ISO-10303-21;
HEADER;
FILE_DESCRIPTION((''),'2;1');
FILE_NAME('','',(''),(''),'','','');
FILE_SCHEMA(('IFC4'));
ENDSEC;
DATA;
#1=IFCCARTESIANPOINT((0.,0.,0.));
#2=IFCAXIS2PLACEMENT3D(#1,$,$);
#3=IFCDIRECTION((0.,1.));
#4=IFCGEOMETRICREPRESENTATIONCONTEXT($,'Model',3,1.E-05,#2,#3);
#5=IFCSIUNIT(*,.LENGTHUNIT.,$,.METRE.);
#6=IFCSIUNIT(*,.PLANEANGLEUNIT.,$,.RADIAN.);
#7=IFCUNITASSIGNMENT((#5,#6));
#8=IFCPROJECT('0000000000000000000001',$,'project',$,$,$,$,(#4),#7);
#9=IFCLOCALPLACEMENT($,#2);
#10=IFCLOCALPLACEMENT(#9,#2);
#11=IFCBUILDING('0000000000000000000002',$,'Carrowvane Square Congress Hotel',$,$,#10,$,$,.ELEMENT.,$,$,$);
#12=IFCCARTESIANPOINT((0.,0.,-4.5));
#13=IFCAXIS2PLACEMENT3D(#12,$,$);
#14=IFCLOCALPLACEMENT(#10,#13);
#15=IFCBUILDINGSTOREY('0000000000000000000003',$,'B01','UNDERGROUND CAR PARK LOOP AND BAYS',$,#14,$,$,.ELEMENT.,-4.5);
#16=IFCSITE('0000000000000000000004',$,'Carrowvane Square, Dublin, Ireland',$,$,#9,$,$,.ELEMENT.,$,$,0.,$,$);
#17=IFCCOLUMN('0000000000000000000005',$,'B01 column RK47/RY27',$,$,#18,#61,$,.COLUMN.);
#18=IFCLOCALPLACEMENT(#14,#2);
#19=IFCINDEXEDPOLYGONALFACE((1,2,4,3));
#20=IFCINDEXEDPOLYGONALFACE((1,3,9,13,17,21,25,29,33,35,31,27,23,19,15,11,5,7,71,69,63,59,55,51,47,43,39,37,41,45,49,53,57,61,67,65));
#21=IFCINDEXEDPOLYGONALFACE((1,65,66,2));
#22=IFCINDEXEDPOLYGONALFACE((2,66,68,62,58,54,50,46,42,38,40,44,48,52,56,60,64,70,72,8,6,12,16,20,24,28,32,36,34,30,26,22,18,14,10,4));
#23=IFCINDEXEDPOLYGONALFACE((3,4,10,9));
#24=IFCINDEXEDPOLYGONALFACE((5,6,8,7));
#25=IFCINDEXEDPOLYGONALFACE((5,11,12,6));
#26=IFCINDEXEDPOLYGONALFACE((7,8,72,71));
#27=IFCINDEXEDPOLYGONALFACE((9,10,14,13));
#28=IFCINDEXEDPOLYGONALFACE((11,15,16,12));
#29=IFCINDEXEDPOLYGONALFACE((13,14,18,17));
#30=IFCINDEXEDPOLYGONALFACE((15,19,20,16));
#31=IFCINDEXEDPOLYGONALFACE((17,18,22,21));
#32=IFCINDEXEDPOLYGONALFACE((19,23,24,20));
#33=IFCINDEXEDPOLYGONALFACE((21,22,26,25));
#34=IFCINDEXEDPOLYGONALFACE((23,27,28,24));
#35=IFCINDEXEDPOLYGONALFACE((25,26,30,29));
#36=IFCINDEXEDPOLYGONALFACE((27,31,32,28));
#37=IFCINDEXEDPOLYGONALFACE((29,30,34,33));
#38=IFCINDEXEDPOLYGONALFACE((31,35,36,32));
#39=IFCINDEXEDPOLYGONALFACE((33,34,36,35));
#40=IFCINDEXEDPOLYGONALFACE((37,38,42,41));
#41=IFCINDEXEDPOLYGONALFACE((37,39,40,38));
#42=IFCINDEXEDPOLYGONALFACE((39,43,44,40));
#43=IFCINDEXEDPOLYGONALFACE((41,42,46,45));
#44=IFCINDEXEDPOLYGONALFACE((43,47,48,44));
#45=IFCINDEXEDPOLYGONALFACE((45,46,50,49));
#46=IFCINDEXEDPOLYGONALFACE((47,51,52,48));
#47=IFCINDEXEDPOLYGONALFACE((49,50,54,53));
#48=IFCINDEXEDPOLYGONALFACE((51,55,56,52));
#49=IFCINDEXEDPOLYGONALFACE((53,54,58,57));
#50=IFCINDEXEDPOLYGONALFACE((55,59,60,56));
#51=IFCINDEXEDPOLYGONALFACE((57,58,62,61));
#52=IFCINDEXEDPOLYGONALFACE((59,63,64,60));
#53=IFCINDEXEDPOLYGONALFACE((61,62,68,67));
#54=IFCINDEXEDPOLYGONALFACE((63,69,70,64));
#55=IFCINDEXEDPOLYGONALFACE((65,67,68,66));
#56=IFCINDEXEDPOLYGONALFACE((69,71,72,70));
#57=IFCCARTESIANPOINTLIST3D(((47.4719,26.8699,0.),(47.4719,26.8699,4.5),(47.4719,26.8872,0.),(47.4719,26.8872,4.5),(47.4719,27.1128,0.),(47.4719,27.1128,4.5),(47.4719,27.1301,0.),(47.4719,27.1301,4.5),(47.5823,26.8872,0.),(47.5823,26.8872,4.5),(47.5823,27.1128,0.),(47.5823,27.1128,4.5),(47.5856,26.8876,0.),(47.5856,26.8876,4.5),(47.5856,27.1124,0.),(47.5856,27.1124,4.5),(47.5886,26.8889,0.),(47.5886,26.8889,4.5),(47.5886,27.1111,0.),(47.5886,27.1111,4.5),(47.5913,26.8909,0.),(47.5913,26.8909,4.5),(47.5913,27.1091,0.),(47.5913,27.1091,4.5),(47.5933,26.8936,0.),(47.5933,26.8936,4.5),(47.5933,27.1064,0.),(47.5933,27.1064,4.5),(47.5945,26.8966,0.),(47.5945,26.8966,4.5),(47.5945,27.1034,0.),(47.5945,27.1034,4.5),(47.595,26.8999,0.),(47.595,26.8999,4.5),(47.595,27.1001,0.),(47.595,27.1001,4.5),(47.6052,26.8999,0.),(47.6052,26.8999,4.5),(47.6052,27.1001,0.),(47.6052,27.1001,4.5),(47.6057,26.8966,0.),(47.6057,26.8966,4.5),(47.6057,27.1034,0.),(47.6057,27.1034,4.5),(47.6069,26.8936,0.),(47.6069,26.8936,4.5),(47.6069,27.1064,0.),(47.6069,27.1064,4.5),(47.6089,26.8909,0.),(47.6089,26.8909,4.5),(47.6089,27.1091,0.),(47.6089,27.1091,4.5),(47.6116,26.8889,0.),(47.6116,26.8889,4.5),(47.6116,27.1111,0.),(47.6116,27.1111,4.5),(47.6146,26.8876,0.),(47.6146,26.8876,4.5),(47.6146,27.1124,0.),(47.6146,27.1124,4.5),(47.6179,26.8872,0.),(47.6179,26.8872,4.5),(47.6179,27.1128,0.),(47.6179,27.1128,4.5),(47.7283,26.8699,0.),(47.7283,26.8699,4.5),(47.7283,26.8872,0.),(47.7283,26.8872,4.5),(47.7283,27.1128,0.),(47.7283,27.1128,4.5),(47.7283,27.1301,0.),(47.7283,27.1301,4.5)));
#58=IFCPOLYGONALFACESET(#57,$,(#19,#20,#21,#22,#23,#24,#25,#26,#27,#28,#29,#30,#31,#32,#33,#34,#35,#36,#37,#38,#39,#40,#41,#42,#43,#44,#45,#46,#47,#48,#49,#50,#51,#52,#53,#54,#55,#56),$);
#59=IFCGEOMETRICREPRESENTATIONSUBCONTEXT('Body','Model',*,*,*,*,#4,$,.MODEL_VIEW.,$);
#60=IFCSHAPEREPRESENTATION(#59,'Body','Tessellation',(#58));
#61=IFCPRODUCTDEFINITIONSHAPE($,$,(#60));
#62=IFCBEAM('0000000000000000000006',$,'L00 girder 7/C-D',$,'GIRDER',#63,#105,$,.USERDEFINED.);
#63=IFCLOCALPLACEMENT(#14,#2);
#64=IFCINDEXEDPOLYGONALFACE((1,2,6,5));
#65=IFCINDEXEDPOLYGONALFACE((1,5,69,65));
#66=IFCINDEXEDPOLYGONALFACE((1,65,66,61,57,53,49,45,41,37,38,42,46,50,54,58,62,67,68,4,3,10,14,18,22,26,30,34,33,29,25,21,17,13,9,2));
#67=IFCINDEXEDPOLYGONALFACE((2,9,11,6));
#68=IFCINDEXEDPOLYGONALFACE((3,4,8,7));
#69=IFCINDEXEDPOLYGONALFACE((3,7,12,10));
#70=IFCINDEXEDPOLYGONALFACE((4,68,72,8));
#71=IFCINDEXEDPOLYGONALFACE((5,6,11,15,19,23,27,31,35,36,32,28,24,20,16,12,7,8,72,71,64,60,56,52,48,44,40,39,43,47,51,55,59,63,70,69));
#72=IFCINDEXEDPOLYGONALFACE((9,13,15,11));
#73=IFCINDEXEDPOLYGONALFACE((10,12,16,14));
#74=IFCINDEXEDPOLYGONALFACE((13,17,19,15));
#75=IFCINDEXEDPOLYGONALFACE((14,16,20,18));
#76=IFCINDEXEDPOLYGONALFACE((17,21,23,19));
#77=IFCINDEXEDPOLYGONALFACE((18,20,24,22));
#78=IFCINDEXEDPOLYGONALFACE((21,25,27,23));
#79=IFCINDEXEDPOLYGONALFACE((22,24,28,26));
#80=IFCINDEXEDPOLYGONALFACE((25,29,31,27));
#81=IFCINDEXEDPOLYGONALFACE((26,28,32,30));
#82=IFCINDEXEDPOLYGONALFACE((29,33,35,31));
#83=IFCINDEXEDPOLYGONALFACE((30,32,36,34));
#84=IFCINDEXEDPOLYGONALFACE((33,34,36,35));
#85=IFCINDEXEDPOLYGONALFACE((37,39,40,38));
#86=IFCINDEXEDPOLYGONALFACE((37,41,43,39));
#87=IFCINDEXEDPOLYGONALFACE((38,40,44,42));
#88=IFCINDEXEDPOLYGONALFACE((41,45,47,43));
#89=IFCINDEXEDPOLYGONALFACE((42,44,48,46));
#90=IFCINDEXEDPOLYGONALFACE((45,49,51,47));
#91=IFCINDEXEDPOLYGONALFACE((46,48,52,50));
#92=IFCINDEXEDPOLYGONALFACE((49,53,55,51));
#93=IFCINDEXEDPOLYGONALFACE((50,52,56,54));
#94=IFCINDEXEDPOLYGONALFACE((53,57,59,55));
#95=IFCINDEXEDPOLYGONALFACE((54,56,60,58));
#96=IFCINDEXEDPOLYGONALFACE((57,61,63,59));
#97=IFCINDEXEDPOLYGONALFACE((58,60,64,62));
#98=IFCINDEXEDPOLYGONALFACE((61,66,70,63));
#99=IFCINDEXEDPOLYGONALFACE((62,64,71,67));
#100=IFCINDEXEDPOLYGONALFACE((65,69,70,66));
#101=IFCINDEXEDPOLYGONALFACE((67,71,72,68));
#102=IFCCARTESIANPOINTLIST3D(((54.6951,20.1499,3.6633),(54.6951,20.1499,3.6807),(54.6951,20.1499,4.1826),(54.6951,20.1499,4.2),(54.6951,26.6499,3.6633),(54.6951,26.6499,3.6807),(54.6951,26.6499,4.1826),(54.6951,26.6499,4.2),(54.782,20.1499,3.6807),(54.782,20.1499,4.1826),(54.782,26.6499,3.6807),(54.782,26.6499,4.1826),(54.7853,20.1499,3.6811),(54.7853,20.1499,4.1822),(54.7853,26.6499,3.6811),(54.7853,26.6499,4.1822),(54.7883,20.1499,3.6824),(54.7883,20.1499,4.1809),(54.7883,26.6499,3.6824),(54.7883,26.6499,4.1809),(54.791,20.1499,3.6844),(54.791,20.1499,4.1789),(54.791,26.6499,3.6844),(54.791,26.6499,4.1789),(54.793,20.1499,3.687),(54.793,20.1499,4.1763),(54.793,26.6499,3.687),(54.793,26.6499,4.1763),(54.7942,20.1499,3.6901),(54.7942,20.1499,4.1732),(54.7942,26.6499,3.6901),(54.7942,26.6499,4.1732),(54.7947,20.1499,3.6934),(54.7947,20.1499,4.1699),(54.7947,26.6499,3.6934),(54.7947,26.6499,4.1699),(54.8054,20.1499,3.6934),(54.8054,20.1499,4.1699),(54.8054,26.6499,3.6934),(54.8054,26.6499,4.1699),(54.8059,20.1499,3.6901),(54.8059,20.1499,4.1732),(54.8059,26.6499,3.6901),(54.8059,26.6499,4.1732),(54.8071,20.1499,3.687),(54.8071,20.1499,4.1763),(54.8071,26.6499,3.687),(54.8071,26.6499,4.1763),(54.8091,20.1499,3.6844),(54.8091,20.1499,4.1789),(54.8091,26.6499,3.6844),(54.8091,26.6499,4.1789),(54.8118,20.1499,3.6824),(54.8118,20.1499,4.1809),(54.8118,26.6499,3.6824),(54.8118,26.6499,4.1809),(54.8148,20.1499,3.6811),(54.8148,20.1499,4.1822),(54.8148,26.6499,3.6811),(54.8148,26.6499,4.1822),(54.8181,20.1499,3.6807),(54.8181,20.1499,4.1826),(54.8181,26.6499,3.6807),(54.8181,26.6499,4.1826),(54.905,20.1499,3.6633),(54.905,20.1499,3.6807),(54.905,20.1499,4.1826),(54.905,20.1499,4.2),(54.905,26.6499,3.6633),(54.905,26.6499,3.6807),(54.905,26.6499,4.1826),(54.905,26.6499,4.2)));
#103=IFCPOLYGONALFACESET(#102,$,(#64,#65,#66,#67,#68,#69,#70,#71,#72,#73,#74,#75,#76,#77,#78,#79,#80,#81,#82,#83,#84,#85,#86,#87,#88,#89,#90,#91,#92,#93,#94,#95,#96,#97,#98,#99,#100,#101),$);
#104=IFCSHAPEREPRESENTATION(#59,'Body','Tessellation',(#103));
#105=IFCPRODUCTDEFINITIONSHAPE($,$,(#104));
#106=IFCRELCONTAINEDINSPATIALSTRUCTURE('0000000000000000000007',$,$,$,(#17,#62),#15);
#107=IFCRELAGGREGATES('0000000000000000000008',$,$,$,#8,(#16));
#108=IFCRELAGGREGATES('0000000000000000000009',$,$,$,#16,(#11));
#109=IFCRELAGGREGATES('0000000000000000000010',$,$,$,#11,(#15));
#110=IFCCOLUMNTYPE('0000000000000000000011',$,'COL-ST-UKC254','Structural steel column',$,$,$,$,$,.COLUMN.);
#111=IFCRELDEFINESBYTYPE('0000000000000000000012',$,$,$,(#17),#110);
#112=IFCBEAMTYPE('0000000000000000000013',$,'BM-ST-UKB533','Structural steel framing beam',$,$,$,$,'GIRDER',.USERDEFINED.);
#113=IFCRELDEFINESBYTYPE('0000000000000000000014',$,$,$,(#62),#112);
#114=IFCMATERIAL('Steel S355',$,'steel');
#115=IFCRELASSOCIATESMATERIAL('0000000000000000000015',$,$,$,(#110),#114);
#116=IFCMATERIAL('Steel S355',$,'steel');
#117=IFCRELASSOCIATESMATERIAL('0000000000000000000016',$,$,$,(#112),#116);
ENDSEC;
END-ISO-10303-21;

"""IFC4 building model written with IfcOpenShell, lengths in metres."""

from ifc_helpers import new_model, si_unit, direction, frame, origin, origin_2d, place, context, subcontext, project, spatial, i_section, extrude, material, material_profile, profile_set, type_object, element, save


model = new_model("IFC4")

# Units and contexts
model_context = context("Model", 3, precision=1e-05, world=origin(), true_north=direction((0.0, 1.0)))
body_context = subcontext(model_context, "Body", "Model", "MODEL_VIEW")
ifc_project = project(units=[si_unit("LENGTHUNIT", "METRE"), si_unit("PLANEANGLEUNIT", "RADIAN")], contexts=[model_context])

# Site, building, storey
site_placement = place(None, origin())
site = spatial("IfcSite", under=ifc_project, at=site_placement, Name="Carrowvane Square, Dublin, Ireland", CompositionType="ELEMENT", RefElevation=0.0)
building_placement = place(site_placement, origin())
building = spatial("IfcBuilding", under=site, at=building_placement, Name="Carrowvane Square Congress Hotel", CompositionType="ELEMENT")
storey_placement = place(building_placement, frame((0.0, 0.0, -4.5)))
storey = spatial("IfcBuildingStorey", under=building, at=storey_placement, Name="B01", Description="UNDERGROUND CAR PARK LOOP AND BAYS", CompositionType="ELEMENT", Elevation=-4.5)

# Column
ifc_material_1 = material(Name="Steel S355", Category="steel")
ifc_material_profile_1 = material_profile(ifc_material_1, i_section(OverallWidth=0.2563, OverallDepth=0.2603, WebThickness=0.0103, FlangeThickness=0.0173, FilletRadius=0.0127, at=origin_2d()), Name="UKC 254x254x89")
ifc_profile_set_1 = profile_set([ifc_material_profile_1], Name="Steel S355")
column_type = type_object("IfcColumnType", Name="COL-ST-UKC254", Description="Structural steel column", PredefinedType="COLUMN", material=ifc_profile_set_1)
for number, where, z_axis, x_axis, name in (
    (1, (47.6001, 27.0, 0.0), (0.0, 0.0, 1.0), (1.0, 0.0, 0.0), "B01 column RK47/RY27"),
):
    element("IfcColumn", number, at=place(storey_placement, frame(where, z_axis=z_axis, x_axis=x_axis)), inside=storey, type_object=column_type, Name=name, PredefinedType="COLUMN", context=body_context, shape_type="SweptSolid", body=[
        extrude(i_section(OverallWidth=0.2563, OverallDepth=0.2603, WebThickness=0.0103, FlangeThickness=0.0173, FilletRadius=0.0127, at=origin_2d()), origin(), (0.0, 0.0, 1.0), 4.5),
    ])

# Beam
ifc_material_2 = material(Name="Steel S355", Category="steel")
ifc_material_profile_2 = material_profile(ifc_material_2, i_section(OverallWidth=0.21, OverallDepth=0.5366, WebThickness=0.0107, FlangeThickness=0.0173, FilletRadius=0.0127, at=origin_2d()), Name="UKB 533x210x101")
ifc_profile_set_2 = profile_set([ifc_material_profile_2], Name="Steel S355")
beam_type = type_object("IfcBeamType", Name="BM-ST-UKB533", Description="Structural steel framing beam", ElementType="GIRDER", PredefinedType="USERDEFINED", material=ifc_profile_set_2)
beam_placement = place(storey_placement, frame((54.8, 20.1499, 3.9316), z_axis=(0.0, 1.0, 0.0), x_axis=(-1.0, 0.0, 0.0)))
element("IfcBeam", 2, at=beam_placement, inside=storey, type_object=beam_type, Name="L00 girder 7/C-D", ObjectType="GIRDER", PredefinedType="USERDEFINED", context=body_context, shape_type="SweptSolid", body=[
    extrude(i_section(OverallWidth=0.21, OverallDepth=0.5366, WebThickness=0.0107, FlangeThickness=0.0173, FilletRadius=0.0127, at=origin_2d()), origin(), (0.0, 0.0, 1.0), 6.5),
])

save(model, "model.ifc")
